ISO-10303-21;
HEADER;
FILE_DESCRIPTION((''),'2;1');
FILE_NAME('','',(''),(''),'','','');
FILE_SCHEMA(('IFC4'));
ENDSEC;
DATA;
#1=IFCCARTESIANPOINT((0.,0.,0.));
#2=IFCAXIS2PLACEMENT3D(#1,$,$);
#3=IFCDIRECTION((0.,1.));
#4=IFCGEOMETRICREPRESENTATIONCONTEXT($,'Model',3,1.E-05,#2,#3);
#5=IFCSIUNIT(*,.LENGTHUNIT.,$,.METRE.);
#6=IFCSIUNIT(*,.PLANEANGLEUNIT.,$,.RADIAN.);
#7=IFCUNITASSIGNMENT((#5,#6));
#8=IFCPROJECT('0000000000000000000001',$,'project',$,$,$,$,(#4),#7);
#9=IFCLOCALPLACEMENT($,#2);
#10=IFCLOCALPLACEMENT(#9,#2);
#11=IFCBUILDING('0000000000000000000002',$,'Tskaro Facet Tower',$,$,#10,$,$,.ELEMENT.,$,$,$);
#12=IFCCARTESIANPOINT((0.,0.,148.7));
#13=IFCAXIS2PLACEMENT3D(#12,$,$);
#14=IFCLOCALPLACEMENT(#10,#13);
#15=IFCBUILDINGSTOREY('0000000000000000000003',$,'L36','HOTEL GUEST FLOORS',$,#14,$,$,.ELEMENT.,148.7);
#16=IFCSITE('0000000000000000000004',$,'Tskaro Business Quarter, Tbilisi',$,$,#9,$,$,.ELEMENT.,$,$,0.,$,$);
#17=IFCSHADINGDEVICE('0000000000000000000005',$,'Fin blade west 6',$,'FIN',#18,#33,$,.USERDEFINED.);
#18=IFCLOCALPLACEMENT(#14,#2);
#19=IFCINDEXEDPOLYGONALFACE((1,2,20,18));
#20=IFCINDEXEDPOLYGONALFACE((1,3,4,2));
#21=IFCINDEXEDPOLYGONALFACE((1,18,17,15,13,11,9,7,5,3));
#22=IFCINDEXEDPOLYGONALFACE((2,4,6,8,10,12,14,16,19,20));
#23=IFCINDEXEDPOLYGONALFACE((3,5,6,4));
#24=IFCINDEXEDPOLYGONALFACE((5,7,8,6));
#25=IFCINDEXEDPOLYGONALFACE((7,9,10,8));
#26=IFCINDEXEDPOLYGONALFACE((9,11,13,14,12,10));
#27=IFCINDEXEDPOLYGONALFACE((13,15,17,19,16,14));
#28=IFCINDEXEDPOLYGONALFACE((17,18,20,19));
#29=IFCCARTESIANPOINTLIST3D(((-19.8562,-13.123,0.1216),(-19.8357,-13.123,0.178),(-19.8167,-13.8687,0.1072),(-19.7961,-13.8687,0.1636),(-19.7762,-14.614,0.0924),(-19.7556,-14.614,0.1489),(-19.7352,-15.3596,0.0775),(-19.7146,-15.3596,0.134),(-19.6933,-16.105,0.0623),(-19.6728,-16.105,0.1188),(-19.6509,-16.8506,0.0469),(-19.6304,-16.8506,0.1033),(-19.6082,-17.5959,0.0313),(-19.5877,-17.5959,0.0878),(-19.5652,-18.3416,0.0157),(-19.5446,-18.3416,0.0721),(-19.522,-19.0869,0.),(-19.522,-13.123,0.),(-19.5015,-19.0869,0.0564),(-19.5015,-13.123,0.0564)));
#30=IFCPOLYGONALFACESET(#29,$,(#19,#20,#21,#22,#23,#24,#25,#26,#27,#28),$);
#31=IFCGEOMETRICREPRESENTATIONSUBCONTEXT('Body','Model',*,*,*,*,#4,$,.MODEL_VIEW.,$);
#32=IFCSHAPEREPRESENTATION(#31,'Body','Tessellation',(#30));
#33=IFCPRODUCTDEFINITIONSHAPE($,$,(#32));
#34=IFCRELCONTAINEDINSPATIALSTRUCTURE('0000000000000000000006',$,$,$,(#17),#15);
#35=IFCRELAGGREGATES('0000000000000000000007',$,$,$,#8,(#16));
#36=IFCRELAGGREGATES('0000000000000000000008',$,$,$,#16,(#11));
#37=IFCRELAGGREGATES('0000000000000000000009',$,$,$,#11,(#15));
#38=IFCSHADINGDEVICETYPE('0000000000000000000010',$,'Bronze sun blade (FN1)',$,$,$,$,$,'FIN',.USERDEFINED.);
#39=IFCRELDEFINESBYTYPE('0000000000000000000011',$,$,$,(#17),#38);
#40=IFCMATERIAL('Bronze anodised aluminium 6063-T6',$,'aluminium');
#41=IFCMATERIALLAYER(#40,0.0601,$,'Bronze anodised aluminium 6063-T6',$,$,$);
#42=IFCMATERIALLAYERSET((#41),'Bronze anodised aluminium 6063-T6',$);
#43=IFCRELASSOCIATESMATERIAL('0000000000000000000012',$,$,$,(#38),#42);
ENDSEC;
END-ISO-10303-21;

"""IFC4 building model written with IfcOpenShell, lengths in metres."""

from ifc_helpers import new_model, si_unit, direction, frame, origin, place, context, subcontext, project, spatial, polyline, outline, extrude, material, layer, layer_set, type_object, element, save


model = new_model("IFC4")

# Units and contexts
model_context = context("Model", 3, precision=1e-05, world=origin(), true_north=direction((0.0, 1.0)))
body_context = subcontext(model_context, "Body", "Model", "MODEL_VIEW")
ifc_project = project(units=[si_unit("LENGTHUNIT", "METRE"), si_unit("PLANEANGLEUNIT", "RADIAN")], contexts=[model_context])

# Site, building, storey
site_placement = place(None, origin())
site = spatial("IfcSite", under=ifc_project, at=site_placement, Name="Tskaro Business Quarter, Tbilisi", CompositionType="ELEMENT", RefElevation=0.0)
building_placement = place(site_placement, origin())
building = spatial("IfcBuilding", under=site, at=building_placement, Name="Tskaro Facet Tower", CompositionType="ELEMENT")
storey_placement = place(building_placement, frame((0.0, 0.0, 148.7)))
storey = spatial("IfcBuildingStorey", under=building, at=storey_placement, Name="L36", Description="HOTEL GUEST FLOORS", CompositionType="ELEMENT", Elevation=148.7)

# Shared definitions
ifc_material_1 = material(Name="Bronze anodised aluminium 6063-T6", Category="aluminium")

# Shading device
ifc_layer_1 = layer(ifc_material_1, 0.0601, Name="Bronze anodised aluminium 6063-T6")
ifc_layer_set_1 = layer_set([ifc_layer_1], Name="Bronze anodised aluminium 6063-T6")
shading_device_type = type_object("IfcShadingDeviceType", Name="Bronze sun blade (FN1)", ElementType="FIN", PredefinedType="USERDEFINED", material=ifc_layer_set_1)
shading_device_1_placement = place(storey_placement, frame((-19.5015, -13.123, 0.0564), z_axis=(0.341919, 0.000004, 0.939729), x_axis=(0.000001, -1.0, 0.000004)))
element("IfcShadingDevice", 1, at=shading_device_1_placement, inside=storey, type_object=shading_device_type, Name="Fin blade west 6", ObjectType="FIN", PredefinedType="USERDEFINED", context=body_context, shape_type="SweptSolid", body=[
    extrude(outline(polyline([(0.0, 0.0), (5.9639, 0.0), (5.2185, -0.046), (4.4729, -0.0918), (3.7275, -0.1372), (2.9819, -0.1823), (2.2366, -0.2268), (1.491, -0.2705), (0.7456, -0.3136), (0.0, -0.3557), (0.0, 0.0)])), origin(), (0.0, 0.0, -1.0), 0.0601),
])

save(model, "model.ifc")
